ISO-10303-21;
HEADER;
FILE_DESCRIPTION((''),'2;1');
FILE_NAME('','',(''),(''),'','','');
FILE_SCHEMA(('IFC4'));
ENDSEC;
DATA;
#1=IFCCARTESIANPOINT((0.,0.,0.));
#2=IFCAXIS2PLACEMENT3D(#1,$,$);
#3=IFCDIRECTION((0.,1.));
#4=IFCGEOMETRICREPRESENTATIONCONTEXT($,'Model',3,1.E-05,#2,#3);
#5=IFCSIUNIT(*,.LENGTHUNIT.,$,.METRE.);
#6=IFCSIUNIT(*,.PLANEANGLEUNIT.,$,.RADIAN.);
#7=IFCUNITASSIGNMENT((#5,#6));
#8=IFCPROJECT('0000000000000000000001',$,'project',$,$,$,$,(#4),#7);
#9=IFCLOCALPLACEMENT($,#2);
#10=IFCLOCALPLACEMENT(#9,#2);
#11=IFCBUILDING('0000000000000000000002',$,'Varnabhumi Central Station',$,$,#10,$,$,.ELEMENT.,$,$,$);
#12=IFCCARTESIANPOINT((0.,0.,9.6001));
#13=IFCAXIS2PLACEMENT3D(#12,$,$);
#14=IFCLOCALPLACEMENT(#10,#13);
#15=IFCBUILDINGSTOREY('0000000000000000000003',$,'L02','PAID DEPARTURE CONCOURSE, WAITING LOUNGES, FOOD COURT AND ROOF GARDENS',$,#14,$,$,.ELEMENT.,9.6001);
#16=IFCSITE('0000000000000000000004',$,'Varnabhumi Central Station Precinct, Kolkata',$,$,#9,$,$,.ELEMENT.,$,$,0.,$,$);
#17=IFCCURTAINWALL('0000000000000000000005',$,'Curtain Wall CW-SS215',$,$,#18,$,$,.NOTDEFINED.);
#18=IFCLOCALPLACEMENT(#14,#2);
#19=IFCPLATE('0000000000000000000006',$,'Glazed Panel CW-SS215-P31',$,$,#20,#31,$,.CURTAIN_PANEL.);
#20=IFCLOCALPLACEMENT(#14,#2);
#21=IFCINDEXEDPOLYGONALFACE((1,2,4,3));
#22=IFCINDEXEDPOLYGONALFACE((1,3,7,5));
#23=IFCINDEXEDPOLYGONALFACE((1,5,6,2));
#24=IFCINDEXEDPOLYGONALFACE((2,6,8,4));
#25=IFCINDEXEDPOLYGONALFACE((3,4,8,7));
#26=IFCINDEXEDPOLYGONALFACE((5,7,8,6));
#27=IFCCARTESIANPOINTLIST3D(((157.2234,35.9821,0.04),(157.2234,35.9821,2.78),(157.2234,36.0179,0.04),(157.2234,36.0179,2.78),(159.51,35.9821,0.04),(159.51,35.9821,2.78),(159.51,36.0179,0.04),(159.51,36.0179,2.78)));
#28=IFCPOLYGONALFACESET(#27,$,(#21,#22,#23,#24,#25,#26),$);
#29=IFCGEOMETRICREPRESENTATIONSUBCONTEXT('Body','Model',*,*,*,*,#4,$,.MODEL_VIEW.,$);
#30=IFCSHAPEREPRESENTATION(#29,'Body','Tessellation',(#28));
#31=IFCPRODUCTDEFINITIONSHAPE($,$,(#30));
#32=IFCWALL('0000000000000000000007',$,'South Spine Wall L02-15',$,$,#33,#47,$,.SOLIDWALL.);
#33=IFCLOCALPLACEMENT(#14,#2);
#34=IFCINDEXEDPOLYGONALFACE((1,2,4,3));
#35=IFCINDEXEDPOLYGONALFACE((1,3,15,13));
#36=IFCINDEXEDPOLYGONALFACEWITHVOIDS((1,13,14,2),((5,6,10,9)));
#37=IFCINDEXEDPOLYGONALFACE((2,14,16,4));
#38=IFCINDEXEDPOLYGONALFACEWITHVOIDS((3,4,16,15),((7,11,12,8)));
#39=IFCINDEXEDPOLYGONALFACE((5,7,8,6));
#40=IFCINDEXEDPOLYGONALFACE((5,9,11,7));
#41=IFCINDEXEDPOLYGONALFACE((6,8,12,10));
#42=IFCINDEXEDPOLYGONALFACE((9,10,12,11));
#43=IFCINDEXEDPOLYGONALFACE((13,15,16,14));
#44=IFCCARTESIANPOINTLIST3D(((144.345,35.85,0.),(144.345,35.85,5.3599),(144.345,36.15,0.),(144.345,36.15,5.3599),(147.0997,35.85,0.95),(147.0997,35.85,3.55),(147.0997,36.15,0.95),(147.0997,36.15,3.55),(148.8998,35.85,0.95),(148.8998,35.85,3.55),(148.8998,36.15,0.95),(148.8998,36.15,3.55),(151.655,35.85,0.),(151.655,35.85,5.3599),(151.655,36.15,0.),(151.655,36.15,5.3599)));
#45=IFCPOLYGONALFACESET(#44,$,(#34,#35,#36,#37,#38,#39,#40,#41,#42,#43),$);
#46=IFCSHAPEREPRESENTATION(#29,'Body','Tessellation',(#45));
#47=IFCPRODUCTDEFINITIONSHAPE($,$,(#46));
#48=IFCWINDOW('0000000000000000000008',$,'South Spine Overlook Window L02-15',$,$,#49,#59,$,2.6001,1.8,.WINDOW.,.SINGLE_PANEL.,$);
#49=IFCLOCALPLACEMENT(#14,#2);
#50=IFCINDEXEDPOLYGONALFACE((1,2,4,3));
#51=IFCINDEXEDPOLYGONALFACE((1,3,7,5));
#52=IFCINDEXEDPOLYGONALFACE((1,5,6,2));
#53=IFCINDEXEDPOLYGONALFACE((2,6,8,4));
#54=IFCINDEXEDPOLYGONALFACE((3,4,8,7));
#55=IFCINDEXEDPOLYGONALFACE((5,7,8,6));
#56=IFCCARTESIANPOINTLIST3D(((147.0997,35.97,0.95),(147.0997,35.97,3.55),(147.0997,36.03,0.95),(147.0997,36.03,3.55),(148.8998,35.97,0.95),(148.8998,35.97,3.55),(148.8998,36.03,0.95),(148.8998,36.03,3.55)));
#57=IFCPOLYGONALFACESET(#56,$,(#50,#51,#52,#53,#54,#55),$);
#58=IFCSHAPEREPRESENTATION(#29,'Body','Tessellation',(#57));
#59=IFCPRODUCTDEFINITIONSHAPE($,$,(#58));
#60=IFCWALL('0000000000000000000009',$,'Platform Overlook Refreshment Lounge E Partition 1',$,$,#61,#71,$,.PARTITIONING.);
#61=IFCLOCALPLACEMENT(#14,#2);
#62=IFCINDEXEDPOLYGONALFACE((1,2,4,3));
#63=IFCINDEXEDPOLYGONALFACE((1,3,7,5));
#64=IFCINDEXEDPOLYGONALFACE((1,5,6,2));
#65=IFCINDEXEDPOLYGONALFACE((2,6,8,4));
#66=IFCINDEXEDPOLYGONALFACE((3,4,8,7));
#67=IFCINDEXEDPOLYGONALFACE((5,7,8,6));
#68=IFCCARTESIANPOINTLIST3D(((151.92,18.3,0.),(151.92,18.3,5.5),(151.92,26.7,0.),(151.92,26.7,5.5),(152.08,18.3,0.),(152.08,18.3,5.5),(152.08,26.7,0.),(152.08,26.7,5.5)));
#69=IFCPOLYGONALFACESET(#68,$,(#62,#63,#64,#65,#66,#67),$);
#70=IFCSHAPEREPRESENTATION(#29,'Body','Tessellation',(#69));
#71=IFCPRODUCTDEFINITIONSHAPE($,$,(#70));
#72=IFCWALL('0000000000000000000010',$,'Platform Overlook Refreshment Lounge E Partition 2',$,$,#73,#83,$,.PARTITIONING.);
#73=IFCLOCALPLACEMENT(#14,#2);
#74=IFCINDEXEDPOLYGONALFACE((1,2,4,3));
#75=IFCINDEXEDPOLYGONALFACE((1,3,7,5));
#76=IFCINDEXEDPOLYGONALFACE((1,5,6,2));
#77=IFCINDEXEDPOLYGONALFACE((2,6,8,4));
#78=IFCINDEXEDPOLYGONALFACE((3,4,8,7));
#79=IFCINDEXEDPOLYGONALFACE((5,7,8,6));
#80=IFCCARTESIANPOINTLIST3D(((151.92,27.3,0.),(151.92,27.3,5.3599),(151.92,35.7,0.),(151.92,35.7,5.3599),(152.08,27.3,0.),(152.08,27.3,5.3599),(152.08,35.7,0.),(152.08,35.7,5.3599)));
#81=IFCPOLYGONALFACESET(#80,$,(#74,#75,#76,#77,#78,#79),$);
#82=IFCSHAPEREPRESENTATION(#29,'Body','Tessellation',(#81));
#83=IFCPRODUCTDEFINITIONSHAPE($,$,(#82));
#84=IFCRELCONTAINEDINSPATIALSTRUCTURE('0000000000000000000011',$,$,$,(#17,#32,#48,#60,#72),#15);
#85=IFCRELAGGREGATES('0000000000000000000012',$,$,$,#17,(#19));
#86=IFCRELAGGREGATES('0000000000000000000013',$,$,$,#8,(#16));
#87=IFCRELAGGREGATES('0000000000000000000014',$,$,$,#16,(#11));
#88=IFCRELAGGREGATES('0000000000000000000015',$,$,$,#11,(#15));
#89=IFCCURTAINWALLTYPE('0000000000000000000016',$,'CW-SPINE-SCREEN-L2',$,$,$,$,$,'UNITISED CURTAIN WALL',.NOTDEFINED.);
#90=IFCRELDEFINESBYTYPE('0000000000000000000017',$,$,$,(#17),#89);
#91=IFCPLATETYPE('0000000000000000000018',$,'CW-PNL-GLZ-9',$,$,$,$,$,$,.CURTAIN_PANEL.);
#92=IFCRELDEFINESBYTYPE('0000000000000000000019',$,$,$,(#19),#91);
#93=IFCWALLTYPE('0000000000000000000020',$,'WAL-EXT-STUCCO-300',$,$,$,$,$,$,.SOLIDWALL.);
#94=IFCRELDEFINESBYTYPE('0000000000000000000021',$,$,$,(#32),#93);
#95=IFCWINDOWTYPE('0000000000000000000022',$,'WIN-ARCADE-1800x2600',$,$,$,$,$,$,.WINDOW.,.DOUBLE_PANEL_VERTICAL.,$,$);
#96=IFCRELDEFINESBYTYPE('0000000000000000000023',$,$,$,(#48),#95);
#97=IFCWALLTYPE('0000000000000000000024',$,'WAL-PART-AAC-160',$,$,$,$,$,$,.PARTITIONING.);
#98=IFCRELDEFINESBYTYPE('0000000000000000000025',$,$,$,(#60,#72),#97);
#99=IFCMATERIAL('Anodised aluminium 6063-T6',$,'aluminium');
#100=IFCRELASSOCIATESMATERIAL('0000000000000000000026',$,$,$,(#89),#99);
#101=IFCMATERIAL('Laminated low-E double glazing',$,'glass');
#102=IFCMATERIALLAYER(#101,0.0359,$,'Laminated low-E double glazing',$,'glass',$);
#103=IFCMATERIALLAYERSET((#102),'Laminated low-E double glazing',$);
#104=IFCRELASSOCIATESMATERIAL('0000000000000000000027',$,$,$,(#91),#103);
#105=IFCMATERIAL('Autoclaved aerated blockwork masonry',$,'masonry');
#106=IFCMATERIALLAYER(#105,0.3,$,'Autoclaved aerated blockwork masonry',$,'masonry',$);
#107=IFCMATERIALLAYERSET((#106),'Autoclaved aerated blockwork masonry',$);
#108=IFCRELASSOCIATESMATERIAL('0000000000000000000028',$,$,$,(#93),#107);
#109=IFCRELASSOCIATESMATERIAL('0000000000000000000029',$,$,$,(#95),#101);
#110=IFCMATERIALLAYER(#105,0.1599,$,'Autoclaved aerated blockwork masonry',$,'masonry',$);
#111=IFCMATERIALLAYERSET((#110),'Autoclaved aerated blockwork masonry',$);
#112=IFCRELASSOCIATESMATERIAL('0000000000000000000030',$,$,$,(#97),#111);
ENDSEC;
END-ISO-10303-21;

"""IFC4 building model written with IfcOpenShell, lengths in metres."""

from ifc_helpers import new_model, si_unit, direction, frame, frame_2d, origin, origin_2d, place, context, subcontext, project, spatial, rectangle, extrude, material, layer, layer_set, type_object, element, fill, aggregate, save


model = new_model("IFC4")

# Units and contexts
model_context = context("Model", 3, precision=1e-05, world=origin(), true_north=direction((0.0, 1.0)))
body_context = subcontext(model_context, "Body", "Model", "MODEL_VIEW")
ifc_project = project(units=[si_unit("LENGTHUNIT", "METRE"), si_unit("PLANEANGLEUNIT", "RADIAN")], contexts=[model_context])

# Site, building, storey
site_placement = place(None, origin())
site = spatial("IfcSite", under=ifc_project, at=site_placement, Name="Varnabhumi Central Station Precinct, Kolkata", CompositionType="ELEMENT", RefElevation=0.0)
building_placement = place(site_placement, origin())
building = spatial("IfcBuilding", under=site, at=building_placement, Name="Varnabhumi Central Station", CompositionType="ELEMENT")
storey_placement = place(building_placement, frame((0.0, 0.0, 9.6001)))
storey = spatial("IfcBuildingStorey", under=building, at=storey_placement, Name="L02", Description="PAID DEPARTURE CONCOURSE, WAITING LOUNGES, FOOD COURT AND ROOF GARDENS", CompositionType="ELEMENT", Elevation=9.6001)

# Curtain wall, plate
ifc_material_1 = material(Name="Anodised aluminium 6063-T6", Category="aluminium")
curtain_wall_type = type_object("IfcCurtainWallType", Name="CW-SPINE-SCREEN-L2", ElementType="UNITISED CURTAIN WALL", PredefinedType="NOTDEFINED", material=ifc_material_1)
curtain_wall_placement = place(storey_placement, origin())
curtain_wall = element("IfcCurtainWall", 1, at=curtain_wall_placement, inside=storey, type_object=curtain_wall_type, Name="Curtain Wall CW-SS215", PredefinedType="NOTDEFINED")
ifc_material_2 = material(Name="Laminated low-E double glazing", Category="glass")
ifc_layer_1 = layer(ifc_material_2, 0.0359, Name="Laminated low-E double glazing", Category="glass")
ifc_layer_set_1 = layer_set([ifc_layer_1], Name="Laminated low-E double glazing")
plate_type = type_object("IfcPlateType", Name="CW-PNL-GLZ-9", PredefinedType="CURTAIN_PANEL", material=ifc_layer_set_1)
plate_1_placement = place(storey_placement, frame((158.3667, 36.0, 0.04), z_axis=(0.0, 0.0, 1.0), x_axis=(1.0, 0.0, 0.0)))
plate_1 = element("IfcPlate", 2, at=plate_1_placement, type_object=plate_type, Name="Glazed Panel CW-SS215-P31", PredefinedType="CURTAIN_PANEL", context=body_context, shape_type="SweptSolid", body=[
    extrude(rectangle(XDim=2.2866, YDim=0.0359, at=origin_2d()), origin(), (0.0, 0.0, 1.0), 2.74),
])
aggregate(curtain_wall, [plate_1])

# Wall, opening, window
ifc_material_3 = material(Name="Autoclaved aerated blockwork masonry", Category="masonry")
ifc_layer_2 = layer(ifc_material_3, 0.3, Name="Autoclaved aerated blockwork masonry", Category="masonry")
ifc_layer_set_2 = layer_set([ifc_layer_2], Name="Autoclaved aerated blockwork masonry")
wall_type_1 = type_object("IfcWallType", Name="WAL-EXT-STUCCO-300", PredefinedType="SOLIDWALL", material=ifc_layer_set_2)
wall_1_placement = place(storey_placement, frame((144.345, 36.0, 0.0), z_axis=(0.0, 0.0, 1.0), x_axis=(1.0, 0.0, 0.0)))
wall_1 = element("IfcWall", 3, at=wall_1_placement, inside=storey, type_object=wall_type_1, Name="South Spine Wall L02-15", PredefinedType="SOLIDWALL", context=body_context, shape_type="SweptSolid", body=[
    extrude(rectangle(XDim=7.3101, YDim=0.3, at=frame_2d((3.655, 0.0))), origin(), (0.0, 0.0, 1.0), 5.3599),
])
opening_placement = place(wall_1_placement, frame((2.7549, 0.0, 0.95)))
opening = element("IfcOpeningElement", 4, at=opening_placement, cuts=wall_1, PredefinedType="OPENING", context=body_context, shape_type="SweptSolid", body=[
    extrude(rectangle(XDim=1.8, YDim=2.6001, at=frame_2d((0.8999, 1.3))), frame((0.0, 0.1599, 0.0), z_axis=(0.0, -1.0, 0.0), x_axis=(1.0, 0.0, 0.0)), (0.0, 0.0, 1.0), 0.3201),
])
window_type = type_object("IfcWindowType", Name="WIN-ARCADE-1800x2600", PartitioningType="DOUBLE_PANEL_VERTICAL", PredefinedType="WINDOW", material=ifc_material_2)
window_placement = place(opening_placement, origin())
window = element("IfcWindow", 5, at=window_placement, inside=storey, type_object=window_type, Name="South Spine Overlook Window L02-15", OverallHeight=2.6001, OverallWidth=1.8, PartitioningType="SINGLE_PANEL", PredefinedType="WINDOW", context=body_context, shape_type="SweptSolid", body=[
    extrude(rectangle(XDim=1.8, YDim=2.6001, at=frame_2d((0.8999, 1.3))), frame((0.0, 0.03, 0.0), z_axis=(0.0, -1.0, 0.0), x_axis=(1.0, 0.0, 0.0)), (0.0, 0.0, 1.0), 0.0601),
])
fill(opening, window)

# Walls
ifc_layer_3 = layer(ifc_material_3, 0.1599, Name="Autoclaved aerated blockwork masonry", Category="masonry")
ifc_layer_set_3 = layer_set([ifc_layer_3], Name="Autoclaved aerated blockwork masonry")
wall_type_2 = type_object("IfcWallType", Name="WAL-PART-AAC-160", PredefinedType="PARTITIONING", material=ifc_layer_set_3)
wall_2_placement = place(storey_placement, frame((152.0, 18.3, 0.0), z_axis=(0.0, 0.0, 1.0), x_axis=(0.0, 1.0, 0.0)))
element("IfcWall", 6, at=wall_2_placement, inside=storey, type_object=wall_type_2, Name="Platform Overlook Refreshment Lounge E Partition 1", PredefinedType="PARTITIONING", context=body_context, shape_type="SweptSolid", body=[
    extrude(rectangle(XDim=8.3999, YDim=0.1599, at=frame_2d((4.2, 0.0))), origin(), (0.0, 0.0, 1.0), 5.5),
])
wall_3_placement = place(storey_placement, frame((152.0, 27.3, 0.0), z_axis=(0.0, 0.0, 1.0), x_axis=(0.0, 1.0, 0.0)))
element("IfcWall", 7, at=wall_3_placement, inside=storey, type_object=wall_type_2, Name="Platform Overlook Refreshment Lounge E Partition 2", PredefinedType="PARTITIONING", context=body_context, shape_type="SweptSolid", body=[
    extrude(rectangle(XDim=8.3999, YDim=0.1599, at=frame_2d((4.2, 0.0))), origin(), (0.0, 0.0, 1.0), 5.3599),
])

save(model, "model.ifc")
